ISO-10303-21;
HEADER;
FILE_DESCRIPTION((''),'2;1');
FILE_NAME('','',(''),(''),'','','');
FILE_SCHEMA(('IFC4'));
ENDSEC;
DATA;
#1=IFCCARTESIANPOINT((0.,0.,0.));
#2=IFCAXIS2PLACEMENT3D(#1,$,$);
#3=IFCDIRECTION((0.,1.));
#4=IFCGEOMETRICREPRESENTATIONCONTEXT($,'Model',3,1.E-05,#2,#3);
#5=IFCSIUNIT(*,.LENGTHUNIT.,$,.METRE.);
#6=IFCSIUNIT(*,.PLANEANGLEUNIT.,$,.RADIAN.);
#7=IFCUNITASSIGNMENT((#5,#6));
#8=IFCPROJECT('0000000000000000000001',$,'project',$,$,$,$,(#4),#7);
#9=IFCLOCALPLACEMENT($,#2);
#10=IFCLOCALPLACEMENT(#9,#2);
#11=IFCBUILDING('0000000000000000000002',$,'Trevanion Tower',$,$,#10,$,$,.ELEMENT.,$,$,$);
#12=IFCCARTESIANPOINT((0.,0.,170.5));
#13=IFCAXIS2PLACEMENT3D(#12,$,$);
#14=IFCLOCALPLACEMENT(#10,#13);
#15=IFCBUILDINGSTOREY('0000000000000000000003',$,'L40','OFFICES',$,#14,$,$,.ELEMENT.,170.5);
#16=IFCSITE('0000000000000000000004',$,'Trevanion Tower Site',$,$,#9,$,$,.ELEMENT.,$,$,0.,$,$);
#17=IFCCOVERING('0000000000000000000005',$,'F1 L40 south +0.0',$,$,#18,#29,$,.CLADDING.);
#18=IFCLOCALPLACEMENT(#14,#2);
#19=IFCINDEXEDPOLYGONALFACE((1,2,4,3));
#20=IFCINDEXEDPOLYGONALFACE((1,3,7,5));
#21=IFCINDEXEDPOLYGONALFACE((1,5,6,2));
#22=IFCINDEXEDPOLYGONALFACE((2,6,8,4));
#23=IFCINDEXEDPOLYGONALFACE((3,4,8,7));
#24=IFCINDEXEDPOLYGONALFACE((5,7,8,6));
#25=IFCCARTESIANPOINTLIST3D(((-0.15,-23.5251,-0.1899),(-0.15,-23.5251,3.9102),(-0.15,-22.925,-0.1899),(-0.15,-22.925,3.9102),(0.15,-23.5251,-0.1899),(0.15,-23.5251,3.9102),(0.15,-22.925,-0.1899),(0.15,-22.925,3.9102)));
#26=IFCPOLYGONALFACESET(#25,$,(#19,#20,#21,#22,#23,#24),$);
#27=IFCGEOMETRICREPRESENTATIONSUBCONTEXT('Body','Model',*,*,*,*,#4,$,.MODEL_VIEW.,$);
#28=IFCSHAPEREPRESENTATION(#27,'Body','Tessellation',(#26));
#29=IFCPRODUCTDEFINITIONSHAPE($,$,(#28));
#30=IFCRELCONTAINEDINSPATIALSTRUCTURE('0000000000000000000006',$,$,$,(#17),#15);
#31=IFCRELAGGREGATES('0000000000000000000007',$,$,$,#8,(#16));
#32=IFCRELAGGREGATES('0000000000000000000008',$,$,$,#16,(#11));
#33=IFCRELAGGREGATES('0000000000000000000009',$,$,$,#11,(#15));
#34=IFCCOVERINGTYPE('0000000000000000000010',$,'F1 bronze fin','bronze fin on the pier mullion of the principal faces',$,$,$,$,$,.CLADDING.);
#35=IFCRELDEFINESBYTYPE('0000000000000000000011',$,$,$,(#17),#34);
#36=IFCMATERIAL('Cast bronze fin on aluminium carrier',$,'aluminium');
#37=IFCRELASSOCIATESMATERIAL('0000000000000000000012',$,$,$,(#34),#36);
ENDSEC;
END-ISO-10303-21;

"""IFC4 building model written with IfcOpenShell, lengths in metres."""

from ifc_helpers import new_model, si_unit, direction, frame, origin, origin_2d, place, context, subcontext, project, spatial, rectangle, extrude, material, type_object, element, save


model = new_model("IFC4")

# Units and contexts
model_context = context("Model", 3, precision=1e-05, world=origin(), true_north=direction((0.0, 1.0)))
body_context = subcontext(model_context, "Body", "Model", "MODEL_VIEW")
ifc_project = project(units=[si_unit("LENGTHUNIT", "METRE"), si_unit("PLANEANGLEUNIT", "RADIAN")], contexts=[model_context])

# Site, building, storey
site_placement = place(None, origin())
site = spatial("IfcSite", under=ifc_project, at=site_placement, Name="Trevanion Tower Site", CompositionType="ELEMENT", RefElevation=0.0)
building_placement = place(site_placement, origin())
building = spatial("IfcBuilding", under=site, at=building_placement, Name="Trevanion Tower", CompositionType="ELEMENT")
storey_placement = place(building_placement, frame((0.0, 0.0, 170.5)))
storey = spatial("IfcBuildingStorey", under=building, at=storey_placement, Name="L40", Description="OFFICES", CompositionType="ELEMENT", Elevation=170.5)

# Covering
ifc_material_1 = material(Name="Cast bronze fin on aluminium carrier", Category="aluminium")
covering_type = type_object("IfcCoveringType", Name="F1 bronze fin", Description="bronze fin on the pier mullion of the principal faces", PredefinedType="CLADDING", material=ifc_material_1)
covering_placement = place(storey_placement, frame((0.0, -23.2251, -0.1899), z_axis=(0.0, 0.0, 1.0), x_axis=(1.0, 0.0, 0.0)))
element("IfcCovering", 1, at=covering_placement, inside=storey, type_object=covering_type, Name="F1 L40 south +0.0", PredefinedType="CLADDING", context=body_context, shape_type="SweptSolid", body=[
    extrude(rectangle(XDim=0.3, YDim=0.6001, at=origin_2d()), origin(), (0.0, 0.0, 1.0), 4.1001),
])

save(model, "model.ifc")
